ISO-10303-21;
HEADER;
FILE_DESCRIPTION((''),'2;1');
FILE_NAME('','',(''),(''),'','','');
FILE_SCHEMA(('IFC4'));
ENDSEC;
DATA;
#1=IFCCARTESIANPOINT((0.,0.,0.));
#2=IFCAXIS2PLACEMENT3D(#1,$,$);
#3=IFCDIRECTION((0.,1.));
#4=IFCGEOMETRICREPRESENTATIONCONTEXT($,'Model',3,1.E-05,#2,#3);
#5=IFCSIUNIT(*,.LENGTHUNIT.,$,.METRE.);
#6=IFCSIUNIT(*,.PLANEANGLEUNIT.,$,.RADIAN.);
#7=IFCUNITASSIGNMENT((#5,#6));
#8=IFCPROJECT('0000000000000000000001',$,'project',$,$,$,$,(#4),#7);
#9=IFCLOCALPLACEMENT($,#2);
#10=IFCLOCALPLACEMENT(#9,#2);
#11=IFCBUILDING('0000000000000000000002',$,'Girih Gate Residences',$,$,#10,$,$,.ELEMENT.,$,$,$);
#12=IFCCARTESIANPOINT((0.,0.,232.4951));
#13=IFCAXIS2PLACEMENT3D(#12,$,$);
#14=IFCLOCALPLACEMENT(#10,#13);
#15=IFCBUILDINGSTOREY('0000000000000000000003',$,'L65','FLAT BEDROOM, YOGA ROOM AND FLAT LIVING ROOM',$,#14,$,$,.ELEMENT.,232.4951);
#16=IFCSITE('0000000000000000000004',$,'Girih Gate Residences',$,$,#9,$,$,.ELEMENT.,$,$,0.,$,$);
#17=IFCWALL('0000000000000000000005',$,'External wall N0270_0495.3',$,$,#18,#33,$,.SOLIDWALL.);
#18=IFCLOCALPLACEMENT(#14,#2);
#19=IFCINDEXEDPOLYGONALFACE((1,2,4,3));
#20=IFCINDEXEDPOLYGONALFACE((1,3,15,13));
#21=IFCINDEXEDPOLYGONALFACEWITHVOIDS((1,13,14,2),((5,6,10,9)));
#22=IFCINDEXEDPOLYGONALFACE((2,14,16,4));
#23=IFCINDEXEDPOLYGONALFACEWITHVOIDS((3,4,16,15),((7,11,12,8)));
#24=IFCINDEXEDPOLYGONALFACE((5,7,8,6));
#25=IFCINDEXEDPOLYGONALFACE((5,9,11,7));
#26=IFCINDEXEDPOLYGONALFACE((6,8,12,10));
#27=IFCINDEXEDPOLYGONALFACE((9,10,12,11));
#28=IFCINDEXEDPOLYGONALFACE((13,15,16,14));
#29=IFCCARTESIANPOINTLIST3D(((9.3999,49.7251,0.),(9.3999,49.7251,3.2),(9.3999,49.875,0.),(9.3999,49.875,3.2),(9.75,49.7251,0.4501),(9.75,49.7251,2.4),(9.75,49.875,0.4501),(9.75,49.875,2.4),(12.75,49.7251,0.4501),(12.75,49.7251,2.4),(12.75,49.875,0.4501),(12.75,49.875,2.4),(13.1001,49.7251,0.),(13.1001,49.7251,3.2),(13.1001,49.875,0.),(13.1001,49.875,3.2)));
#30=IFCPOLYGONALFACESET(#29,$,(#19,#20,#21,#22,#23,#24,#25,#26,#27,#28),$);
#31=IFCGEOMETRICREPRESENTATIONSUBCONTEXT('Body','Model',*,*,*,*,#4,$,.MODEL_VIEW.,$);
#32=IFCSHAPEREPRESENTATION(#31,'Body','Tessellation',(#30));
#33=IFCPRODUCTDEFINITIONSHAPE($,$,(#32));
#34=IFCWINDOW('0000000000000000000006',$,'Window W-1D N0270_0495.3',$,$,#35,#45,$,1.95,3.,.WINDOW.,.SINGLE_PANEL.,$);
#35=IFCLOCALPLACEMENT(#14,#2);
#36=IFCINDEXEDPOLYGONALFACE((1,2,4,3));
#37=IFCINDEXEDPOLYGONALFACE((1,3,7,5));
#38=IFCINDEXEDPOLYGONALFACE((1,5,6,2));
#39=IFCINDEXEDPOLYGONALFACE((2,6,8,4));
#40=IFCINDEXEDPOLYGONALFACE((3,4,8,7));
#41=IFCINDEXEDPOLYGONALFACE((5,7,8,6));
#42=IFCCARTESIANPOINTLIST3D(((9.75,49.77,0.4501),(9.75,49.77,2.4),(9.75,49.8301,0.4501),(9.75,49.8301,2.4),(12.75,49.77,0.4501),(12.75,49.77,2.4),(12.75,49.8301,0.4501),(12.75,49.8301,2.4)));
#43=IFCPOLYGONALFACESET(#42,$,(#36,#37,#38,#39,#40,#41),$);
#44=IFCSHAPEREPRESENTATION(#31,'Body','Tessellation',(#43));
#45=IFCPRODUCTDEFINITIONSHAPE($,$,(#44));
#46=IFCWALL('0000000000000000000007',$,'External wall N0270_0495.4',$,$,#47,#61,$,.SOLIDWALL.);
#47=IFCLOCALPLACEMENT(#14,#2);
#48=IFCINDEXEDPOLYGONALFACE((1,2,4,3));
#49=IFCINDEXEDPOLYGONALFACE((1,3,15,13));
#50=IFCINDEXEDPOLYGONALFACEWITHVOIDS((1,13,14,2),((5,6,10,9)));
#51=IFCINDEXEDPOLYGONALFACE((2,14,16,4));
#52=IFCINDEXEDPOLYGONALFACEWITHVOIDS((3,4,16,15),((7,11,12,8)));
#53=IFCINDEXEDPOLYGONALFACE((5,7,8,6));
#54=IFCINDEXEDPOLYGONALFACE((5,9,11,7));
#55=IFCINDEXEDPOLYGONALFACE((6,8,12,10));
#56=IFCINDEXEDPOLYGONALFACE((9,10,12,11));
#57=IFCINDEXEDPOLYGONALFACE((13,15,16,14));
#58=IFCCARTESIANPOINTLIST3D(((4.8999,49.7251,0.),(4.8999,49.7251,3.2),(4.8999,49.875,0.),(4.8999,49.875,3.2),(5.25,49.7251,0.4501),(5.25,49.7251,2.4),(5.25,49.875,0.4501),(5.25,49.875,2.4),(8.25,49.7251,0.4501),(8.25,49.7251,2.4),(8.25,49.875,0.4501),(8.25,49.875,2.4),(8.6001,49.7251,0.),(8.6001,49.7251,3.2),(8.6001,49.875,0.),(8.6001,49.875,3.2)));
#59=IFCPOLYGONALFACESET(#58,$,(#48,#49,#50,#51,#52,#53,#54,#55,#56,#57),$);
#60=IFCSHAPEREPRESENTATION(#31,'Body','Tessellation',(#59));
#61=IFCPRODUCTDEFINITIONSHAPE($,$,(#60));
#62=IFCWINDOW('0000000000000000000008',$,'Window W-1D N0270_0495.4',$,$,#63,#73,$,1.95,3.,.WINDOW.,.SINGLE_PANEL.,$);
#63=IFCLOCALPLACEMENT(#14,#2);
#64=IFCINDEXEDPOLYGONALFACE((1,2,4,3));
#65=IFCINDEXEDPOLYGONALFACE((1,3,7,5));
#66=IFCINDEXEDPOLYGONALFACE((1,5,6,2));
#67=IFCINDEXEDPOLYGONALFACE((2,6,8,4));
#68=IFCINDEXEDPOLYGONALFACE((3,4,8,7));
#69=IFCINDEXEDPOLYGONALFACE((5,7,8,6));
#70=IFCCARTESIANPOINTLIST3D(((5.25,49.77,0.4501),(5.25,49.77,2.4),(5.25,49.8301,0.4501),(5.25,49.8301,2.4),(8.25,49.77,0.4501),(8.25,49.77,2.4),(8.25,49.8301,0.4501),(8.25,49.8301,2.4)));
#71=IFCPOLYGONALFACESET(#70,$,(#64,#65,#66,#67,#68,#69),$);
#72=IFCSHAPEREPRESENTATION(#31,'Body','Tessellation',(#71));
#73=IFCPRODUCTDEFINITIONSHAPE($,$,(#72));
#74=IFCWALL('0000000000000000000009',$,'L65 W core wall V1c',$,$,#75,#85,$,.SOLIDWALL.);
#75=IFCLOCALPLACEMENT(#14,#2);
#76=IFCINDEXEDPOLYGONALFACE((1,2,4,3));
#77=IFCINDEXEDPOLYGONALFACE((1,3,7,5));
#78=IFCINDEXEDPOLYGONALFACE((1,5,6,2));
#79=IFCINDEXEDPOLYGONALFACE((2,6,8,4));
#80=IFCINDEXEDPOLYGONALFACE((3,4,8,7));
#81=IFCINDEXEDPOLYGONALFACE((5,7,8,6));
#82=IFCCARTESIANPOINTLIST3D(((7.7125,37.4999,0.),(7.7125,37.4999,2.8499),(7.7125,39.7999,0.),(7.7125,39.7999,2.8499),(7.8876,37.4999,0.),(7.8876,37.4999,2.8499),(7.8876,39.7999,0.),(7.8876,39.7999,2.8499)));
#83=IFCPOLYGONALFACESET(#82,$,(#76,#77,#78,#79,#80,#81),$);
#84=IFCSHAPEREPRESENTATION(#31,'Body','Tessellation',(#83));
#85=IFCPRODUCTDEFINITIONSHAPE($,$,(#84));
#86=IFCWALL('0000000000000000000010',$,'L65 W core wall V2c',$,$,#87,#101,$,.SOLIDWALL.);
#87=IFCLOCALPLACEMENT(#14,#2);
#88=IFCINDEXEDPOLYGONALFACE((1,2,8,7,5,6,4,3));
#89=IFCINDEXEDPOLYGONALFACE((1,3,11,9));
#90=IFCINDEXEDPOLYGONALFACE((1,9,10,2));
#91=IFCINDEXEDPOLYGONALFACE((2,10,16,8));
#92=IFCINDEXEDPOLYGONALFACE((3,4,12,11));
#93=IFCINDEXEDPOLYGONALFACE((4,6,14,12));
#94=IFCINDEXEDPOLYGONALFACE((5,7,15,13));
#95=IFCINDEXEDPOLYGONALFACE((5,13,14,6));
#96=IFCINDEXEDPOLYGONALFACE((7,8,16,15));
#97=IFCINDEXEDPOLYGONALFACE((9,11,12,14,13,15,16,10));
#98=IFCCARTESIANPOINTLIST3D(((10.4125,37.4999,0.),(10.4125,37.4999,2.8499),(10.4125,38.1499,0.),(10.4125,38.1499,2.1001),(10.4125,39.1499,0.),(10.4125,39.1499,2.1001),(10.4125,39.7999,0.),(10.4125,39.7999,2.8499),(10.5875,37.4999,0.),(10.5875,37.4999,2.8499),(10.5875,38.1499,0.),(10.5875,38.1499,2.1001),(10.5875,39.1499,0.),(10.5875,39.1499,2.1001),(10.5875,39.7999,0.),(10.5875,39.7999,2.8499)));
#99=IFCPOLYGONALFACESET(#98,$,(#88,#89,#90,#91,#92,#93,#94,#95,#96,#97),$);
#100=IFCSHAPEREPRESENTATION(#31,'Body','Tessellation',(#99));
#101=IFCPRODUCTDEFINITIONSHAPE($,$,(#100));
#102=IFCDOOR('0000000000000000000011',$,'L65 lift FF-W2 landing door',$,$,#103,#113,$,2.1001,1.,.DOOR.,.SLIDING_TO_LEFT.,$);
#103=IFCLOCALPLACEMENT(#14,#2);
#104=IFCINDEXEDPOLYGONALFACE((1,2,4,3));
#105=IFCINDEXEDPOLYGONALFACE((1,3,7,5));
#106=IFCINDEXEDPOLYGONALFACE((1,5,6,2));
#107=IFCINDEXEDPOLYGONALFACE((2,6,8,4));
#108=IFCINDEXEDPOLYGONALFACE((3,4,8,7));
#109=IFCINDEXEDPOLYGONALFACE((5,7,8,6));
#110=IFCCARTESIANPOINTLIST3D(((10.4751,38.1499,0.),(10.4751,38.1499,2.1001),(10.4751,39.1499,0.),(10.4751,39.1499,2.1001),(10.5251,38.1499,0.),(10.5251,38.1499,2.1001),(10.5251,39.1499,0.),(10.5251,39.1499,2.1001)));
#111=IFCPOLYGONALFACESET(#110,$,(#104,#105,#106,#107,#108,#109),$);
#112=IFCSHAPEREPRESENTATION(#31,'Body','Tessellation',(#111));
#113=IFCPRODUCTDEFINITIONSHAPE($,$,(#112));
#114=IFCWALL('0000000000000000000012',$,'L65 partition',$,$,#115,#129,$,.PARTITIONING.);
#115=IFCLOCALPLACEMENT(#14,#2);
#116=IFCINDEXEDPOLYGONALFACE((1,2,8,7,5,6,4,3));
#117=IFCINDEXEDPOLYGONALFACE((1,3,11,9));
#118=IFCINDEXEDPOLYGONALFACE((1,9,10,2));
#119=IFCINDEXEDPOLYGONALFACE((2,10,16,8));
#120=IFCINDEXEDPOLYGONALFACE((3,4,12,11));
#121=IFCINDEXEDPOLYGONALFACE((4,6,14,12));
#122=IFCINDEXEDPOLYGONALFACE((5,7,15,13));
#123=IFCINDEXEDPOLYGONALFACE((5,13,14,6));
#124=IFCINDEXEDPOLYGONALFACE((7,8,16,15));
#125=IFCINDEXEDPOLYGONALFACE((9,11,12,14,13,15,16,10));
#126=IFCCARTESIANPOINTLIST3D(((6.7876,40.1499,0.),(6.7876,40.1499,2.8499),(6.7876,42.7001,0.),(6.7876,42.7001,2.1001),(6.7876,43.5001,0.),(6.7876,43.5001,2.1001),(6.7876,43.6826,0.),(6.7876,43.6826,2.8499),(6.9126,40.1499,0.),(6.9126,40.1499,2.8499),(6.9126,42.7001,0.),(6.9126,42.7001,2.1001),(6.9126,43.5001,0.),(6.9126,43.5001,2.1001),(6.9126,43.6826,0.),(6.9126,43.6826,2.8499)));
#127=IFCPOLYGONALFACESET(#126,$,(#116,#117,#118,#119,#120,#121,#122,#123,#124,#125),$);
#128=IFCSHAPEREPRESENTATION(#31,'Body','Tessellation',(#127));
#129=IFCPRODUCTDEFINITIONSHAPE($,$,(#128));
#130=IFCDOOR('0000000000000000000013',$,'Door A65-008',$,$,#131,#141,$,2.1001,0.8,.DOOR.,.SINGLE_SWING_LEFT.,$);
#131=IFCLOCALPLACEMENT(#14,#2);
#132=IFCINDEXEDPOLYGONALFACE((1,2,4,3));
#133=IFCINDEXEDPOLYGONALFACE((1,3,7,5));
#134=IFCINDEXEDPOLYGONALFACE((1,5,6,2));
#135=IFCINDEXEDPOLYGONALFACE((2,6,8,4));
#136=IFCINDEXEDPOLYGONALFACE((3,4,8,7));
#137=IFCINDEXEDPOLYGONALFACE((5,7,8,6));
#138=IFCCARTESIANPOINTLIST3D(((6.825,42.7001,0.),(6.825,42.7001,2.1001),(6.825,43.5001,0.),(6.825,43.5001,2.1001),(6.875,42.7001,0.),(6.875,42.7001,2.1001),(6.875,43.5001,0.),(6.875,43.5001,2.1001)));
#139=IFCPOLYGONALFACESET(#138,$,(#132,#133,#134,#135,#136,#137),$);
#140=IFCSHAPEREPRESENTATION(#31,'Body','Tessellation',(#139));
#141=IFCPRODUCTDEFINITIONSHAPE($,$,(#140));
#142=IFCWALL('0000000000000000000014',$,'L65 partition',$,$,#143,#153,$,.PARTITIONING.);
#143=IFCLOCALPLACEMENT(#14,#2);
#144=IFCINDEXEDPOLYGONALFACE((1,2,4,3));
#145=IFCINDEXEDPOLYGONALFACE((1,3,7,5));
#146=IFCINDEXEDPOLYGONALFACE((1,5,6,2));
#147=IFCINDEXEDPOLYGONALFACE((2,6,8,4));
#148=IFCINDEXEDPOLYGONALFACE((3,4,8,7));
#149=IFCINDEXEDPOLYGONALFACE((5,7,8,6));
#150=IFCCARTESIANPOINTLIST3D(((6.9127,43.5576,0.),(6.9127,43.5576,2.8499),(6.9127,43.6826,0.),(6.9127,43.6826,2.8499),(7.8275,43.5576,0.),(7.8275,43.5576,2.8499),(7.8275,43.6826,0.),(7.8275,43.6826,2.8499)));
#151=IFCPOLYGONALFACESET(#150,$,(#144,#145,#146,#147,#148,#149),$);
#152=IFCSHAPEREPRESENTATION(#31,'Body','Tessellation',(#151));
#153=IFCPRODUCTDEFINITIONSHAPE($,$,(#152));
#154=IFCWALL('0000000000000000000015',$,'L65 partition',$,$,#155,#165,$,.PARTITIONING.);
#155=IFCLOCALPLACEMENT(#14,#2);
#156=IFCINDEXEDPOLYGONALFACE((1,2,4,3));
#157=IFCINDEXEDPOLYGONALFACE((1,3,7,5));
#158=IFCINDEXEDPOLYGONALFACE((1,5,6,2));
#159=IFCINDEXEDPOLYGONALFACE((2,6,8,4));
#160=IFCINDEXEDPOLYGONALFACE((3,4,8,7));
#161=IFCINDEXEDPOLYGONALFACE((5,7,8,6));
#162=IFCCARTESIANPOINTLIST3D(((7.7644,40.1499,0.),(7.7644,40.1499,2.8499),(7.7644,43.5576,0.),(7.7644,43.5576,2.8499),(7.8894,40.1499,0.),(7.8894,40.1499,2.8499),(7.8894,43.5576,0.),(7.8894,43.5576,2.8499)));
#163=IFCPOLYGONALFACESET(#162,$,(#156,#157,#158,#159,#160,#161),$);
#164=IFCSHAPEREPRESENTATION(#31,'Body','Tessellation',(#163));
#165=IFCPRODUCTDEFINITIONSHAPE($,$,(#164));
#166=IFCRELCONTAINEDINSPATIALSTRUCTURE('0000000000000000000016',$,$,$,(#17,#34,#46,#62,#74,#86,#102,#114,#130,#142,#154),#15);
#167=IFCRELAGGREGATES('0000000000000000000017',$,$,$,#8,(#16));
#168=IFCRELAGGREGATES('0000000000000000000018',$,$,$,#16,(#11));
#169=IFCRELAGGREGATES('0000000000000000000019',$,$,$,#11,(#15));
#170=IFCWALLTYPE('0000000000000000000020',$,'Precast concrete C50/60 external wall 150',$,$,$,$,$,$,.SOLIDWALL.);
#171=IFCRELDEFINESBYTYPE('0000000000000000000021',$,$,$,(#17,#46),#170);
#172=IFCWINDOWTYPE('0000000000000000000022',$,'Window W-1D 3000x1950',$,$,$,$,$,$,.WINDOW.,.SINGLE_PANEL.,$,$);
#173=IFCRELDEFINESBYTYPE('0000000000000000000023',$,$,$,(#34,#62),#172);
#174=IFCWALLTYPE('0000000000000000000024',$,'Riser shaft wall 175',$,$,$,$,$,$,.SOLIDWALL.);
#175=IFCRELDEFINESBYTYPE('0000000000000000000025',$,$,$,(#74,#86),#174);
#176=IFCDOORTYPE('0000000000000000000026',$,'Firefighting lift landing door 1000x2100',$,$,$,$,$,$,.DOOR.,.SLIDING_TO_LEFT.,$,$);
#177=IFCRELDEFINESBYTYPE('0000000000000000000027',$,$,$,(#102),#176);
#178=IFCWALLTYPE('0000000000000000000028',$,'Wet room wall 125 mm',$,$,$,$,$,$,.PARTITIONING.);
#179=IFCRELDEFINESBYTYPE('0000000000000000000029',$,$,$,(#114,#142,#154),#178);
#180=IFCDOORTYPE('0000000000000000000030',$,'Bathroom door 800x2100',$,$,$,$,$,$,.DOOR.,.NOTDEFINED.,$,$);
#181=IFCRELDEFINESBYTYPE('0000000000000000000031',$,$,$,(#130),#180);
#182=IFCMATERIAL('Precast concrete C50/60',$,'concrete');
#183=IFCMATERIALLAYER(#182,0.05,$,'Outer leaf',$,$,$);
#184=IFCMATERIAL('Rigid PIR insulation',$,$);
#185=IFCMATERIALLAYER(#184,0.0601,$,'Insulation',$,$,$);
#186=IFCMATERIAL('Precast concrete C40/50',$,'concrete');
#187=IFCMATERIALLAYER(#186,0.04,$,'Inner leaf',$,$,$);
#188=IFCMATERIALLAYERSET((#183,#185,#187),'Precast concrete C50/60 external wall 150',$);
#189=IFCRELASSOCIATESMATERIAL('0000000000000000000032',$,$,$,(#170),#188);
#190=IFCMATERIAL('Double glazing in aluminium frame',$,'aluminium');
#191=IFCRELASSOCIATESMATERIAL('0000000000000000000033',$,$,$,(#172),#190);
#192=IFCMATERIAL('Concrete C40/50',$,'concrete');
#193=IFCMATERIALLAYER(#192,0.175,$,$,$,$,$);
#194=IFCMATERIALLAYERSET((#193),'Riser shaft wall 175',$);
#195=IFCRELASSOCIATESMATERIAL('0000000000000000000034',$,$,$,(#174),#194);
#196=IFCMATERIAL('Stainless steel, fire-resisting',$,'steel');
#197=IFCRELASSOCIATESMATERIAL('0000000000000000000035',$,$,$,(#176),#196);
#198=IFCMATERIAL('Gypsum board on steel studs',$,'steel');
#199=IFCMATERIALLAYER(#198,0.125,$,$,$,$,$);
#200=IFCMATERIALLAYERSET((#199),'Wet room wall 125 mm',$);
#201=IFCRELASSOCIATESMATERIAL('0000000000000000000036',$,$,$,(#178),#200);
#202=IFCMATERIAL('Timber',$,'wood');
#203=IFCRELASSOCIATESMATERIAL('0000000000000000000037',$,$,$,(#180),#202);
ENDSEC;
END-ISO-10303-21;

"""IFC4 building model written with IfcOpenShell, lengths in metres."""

from ifc_helpers import new_model, si_unit, direction, frame, frame_2d, origin, place, context, subcontext, project, spatial, rectangle, extrude, material, layer, layer_set, type_object, element, fill, save


model = new_model("IFC4")

# Units and contexts
model_context = context("Model", 3, precision=1e-05, world=origin(), true_north=direction((0.0, 1.0)))
body_context = subcontext(model_context, "Body", "Model", "MODEL_VIEW")
ifc_project = project(units=[si_unit("LENGTHUNIT", "METRE"), si_unit("PLANEANGLEUNIT", "RADIAN")], contexts=[model_context])

# Site, building, storey
site_placement = place(None, origin())
site = spatial("IfcSite", under=ifc_project, at=site_placement, Name="Girih Gate Residences", CompositionType="ELEMENT", RefElevation=0.0)
building_placement = place(site_placement, origin())
building = spatial("IfcBuilding", under=site, at=building_placement, Name="Girih Gate Residences", CompositionType="ELEMENT")
storey_placement = place(building_placement, frame((0.0, 0.0, 232.4951)))
storey = spatial("IfcBuildingStorey", under=building, at=storey_placement, Name="L65", Description="FLAT BEDROOM, YOGA ROOM AND FLAT LIVING ROOM", CompositionType="ELEMENT", Elevation=232.4951)

# Shared definitions
ifc_material_1 = material(Name="Gypsum board on steel studs", Category="steel")

# Shared definitions
ifc_material_2 = material(Name="Concrete C40/50", Category="concrete")
ifc_material_3 = material(Name="Timber", Category="wood")

# Walls, openings, windows
ifc_material_4 = material(Name="Precast concrete C50/60", Category="concrete")
ifc_layer_1 = layer(ifc_material_4, 0.05, Name="Outer leaf")
ifc_material_5 = material(Name="Rigid PIR insulation")
ifc_layer_2 = layer(ifc_material_5, 0.0601, Name="Insulation")
ifc_material_6 = material(Name="Precast concrete C40/50", Category="concrete")
ifc_layer_3 = layer(ifc_material_6, 0.04, Name="Inner leaf")
ifc_layer_set_1 = layer_set([ifc_layer_1, ifc_layer_2, ifc_layer_3], Name="Precast concrete C50/60 external wall 150")
wall_type_1 = type_object("IfcWallType", Name="Precast concrete C50/60 external wall 150", PredefinedType="SOLIDWALL", material=ifc_layer_set_1)
wall_1_placement = place(storey_placement, frame((9.3999, 49.8, 0.0), z_axis=(0.0, 0.0, 1.0), x_axis=(1.0, 0.0, 0.0)))
wall_1 = element("IfcWall", 1, at=wall_1_placement, inside=storey, type_object=wall_type_1, Name="External wall N0270_0495.3", PredefinedType="SOLIDWALL", context=body_context, shape_type="SweptSolid", body=[
    extrude(rectangle(XDim=3.7002, YDim=0.1499, at=frame_2d((1.8501, 0.0))), origin(), (0.0, 0.0, 1.0), 3.2),
])
opening_1_placement = place(wall_1_placement, frame((0.3501, 0.0, 0.45)))
opening_1 = element("IfcOpeningElement", 2, at=opening_1_placement, cuts=wall_1, PredefinedType="OPENING", context=body_context, shape_type="SweptSolid", body=[
    extrude(rectangle(XDim=3.0, YDim=1.95, at=frame_2d((1.5, 0.9751))), frame((0.0, 0.085, 0.0), z_axis=(0.0, -1.0, 0.0), x_axis=(1.0, 0.0, 0.0)), (0.0, 0.0, 1.0), 0.1699),
])
ifc_material_7 = material(Name="Double glazing in aluminium frame", Category="aluminium")
window_type = type_object("IfcWindowType", Name="Window W-1D 3000x1950", PartitioningType="SINGLE_PANEL", PredefinedType="WINDOW", material=ifc_material_7)
window_1_placement = place(opening_1_placement, origin())
window_1 = element("IfcWindow", 3, at=window_1_placement, inside=storey, type_object=window_type, Name="Window W-1D N0270_0495.3", OverallHeight=1.95, OverallWidth=3.0, PartitioningType="SINGLE_PANEL", PredefinedType="WINDOW", context=body_context, shape_type="SweptSolid", body=[
    extrude(rectangle(XDim=3.0, YDim=1.95, at=frame_2d((1.5, 0.9751))), frame((0.0, 0.03, 0.0), z_axis=(0.0, -1.0, 0.0), x_axis=(1.0, 0.0, 0.0)), (0.0, 0.0, 1.0), 0.0601),
])
fill(opening_1, window_1)
wall_2_placement = place(storey_placement, frame((4.8999, 49.8, 0.0), z_axis=(0.0, 0.0, 1.0), x_axis=(1.0, 0.0, 0.0)))
wall_2 = element("IfcWall", 4, at=wall_2_placement, inside=storey, type_object=wall_type_1, Name="External wall N0270_0495.4", PredefinedType="SOLIDWALL", context=body_context, shape_type="SweptSolid", body=[
    extrude(rectangle(XDim=3.7002, YDim=0.1499, at=frame_2d((1.8501, 0.0))), origin(), (0.0, 0.0, 1.0), 3.2),
])
opening_2_placement = place(wall_2_placement, frame((0.3501, 0.0, 0.45)))
opening_2 = element("IfcOpeningElement", 5, at=opening_2_placement, cuts=wall_2, PredefinedType="OPENING", context=body_context, shape_type="SweptSolid", body=[
    extrude(rectangle(XDim=3.0, YDim=1.95, at=frame_2d((1.5, 0.9751))), frame((0.0, 0.085, 0.0), z_axis=(0.0, -1.0, 0.0), x_axis=(1.0, 0.0, 0.0)), (0.0, 0.0, 1.0), 0.1699),
])
window_2_placement = place(opening_2_placement, origin())
window_2 = element("IfcWindow", 6, at=window_2_placement, inside=storey, type_object=window_type, Name="Window W-1D N0270_0495.4", OverallHeight=1.95, OverallWidth=3.0, PartitioningType="SINGLE_PANEL", PredefinedType="WINDOW", context=body_context, shape_type="SweptSolid", body=[
    extrude(rectangle(XDim=3.0, YDim=1.95, at=frame_2d((1.5, 0.9751))), frame((0.0, 0.03, 0.0), z_axis=(0.0, -1.0, 0.0), x_axis=(1.0, 0.0, 0.0)), (0.0, 0.0, 1.0), 0.0601),
])
fill(opening_2, window_2)

# Wall
ifc_layer_4 = layer(ifc_material_2, 0.175)
ifc_layer_set_2 = layer_set([ifc_layer_4], Name="Riser shaft wall 175")
wall_type_2 = type_object("IfcWallType", Name="Riser shaft wall 175", PredefinedType="SOLIDWALL", material=ifc_layer_set_2)
wall_3_placement = place(storey_placement, frame((7.8, 37.5, 0.0), z_axis=(0.0, 0.0, 1.0), x_axis=(0.0, 1.0, 0.0)))
element("IfcWall", 7, at=wall_3_placement, inside=storey, type_object=wall_type_2, Name="L65 W core wall V1c", PredefinedType="SOLIDWALL", context=body_context, shape_type="SweptSolid", body=[
    extrude(rectangle(XDim=2.3, YDim=0.175, at=frame_2d((1.1499, 0.0))), origin(), (0.0, 0.0, 1.0), 2.8499),
])

# Walls, openings, doors
wall_4_placement = place(storey_placement, frame((10.5, 37.5, 0.0), z_axis=(0.0, 0.0, 1.0), x_axis=(0.0, 1.0, 0.0)))
wall_4 = element("IfcWall", 8, at=wall_4_placement, inside=storey, type_object=wall_type_2, Name="L65 W core wall V2c", PredefinedType="SOLIDWALL", context=body_context, shape_type="SweptSolid", body=[
    extrude(rectangle(XDim=2.3, YDim=0.175, at=frame_2d((1.1499, 0.0))), origin(), (0.0, 0.0, 1.0), 2.8499),
])
opening_3_placement = place(wall_4_placement, frame((0.6499, 0.0, 0.0)))
opening_3 = element("IfcOpeningElement", 9, at=opening_3_placement, cuts=wall_4, PredefinedType="OPENING", context=body_context, shape_type="SweptSolid", body=[
    extrude(rectangle(XDim=1.0, YDim=2.1001, at=frame_2d((0.5, 1.05))), frame((0.0, 0.0974, 0.0), z_axis=(0.0, -1.0, 0.0), x_axis=(1.0, 0.0, 0.0)), (0.0, 0.0, 1.0), 0.1951),
])
ifc_material_8 = material(Name="Stainless steel, fire-resisting", Category="steel")
door_type_1 = type_object("IfcDoorType", Name="Firefighting lift landing door 1000x2100", OperationType="SLIDING_TO_LEFT", PredefinedType="DOOR", material=ifc_material_8)
door_1_placement = place(opening_3_placement, origin())
door_1 = element("IfcDoor", 10, at=door_1_placement, inside=storey, type_object=door_type_1, Name="L65 lift FF-W2 landing door", OperationType="SLIDING_TO_LEFT", OverallHeight=2.1001, OverallWidth=1.0, PredefinedType="DOOR", context=body_context, shape_type="SweptSolid", body=[
    extrude(rectangle(XDim=1.0, YDim=2.1001, at=frame_2d((0.5, 1.05))), frame((0.0, 0.0249, 0.0), z_axis=(0.0, -1.0, 0.0), x_axis=(1.0, 0.0, 0.0)), (0.0, 0.0, 1.0), 0.05),
])
fill(opening_3, door_1)
ifc_layer_5 = layer(ifc_material_1, 0.125)
ifc_layer_set_3 = layer_set([ifc_layer_5], Name="Wet room wall 125 mm")
wall_type_3 = type_object("IfcWallType", Name="Wet room wall 125 mm", PredefinedType="PARTITIONING", material=ifc_layer_set_3)
wall_5_placement = place(storey_placement, frame((6.8501, 43.6826, 0.0), z_axis=(0.0, 0.0, 1.0), x_axis=(0.0, -1.0, 0.0)))
wall_5 = element("IfcWall", 11, at=wall_5_placement, inside=storey, type_object=wall_type_3, Name="L65 partition", PredefinedType="PARTITIONING", context=body_context, shape_type="SweptSolid", body=[
    extrude(rectangle(XDim=3.5327, YDim=0.125, at=frame_2d((1.7664, 0.0))), origin(), (0.0, 0.0, 1.0), 2.8499),
])
opening_4_placement = place(wall_5_placement, frame((0.1826, 0.0, 0.0)))
opening_4 = element("IfcOpeningElement", 12, at=opening_4_placement, cuts=wall_5, PredefinedType="OPENING", context=body_context, shape_type="SweptSolid", body=[
    extrude(rectangle(XDim=0.8, YDim=2.1001, at=frame_2d((0.3999, 1.05))), frame((0.0, 0.0725, 0.0), z_axis=(0.0, -1.0, 0.0), x_axis=(1.0, 0.0, 0.0)), (0.0, 0.0, 1.0), 0.145),
])
door_type_2 = type_object("IfcDoorType", Name="Bathroom door 800x2100", OperationType="NOTDEFINED", PredefinedType="DOOR", material=ifc_material_3)
door_2_placement = place(opening_4_placement, origin())
door_2 = element("IfcDoor", 13, at=door_2_placement, inside=storey, type_object=door_type_2, Name="Door A65-008", OperationType="SINGLE_SWING_LEFT", OverallHeight=2.1001, OverallWidth=0.8, PredefinedType="DOOR", context=body_context, shape_type="SweptSolid", body=[
    extrude(rectangle(XDim=0.8, YDim=2.1001, at=frame_2d((0.3999, 1.05))), frame((0.0, 0.0249, 0.0), z_axis=(0.0, -1.0, 0.0), x_axis=(1.0, 0.0, 0.0)), (0.0, 0.0, 1.0), 0.05),
])
fill(opening_4, door_2)

# Walls
wall_6_placement = place(storey_placement, frame((6.9126, 43.6201, 0.0), z_axis=(0.0, 0.0, 1.0), x_axis=(1.0, 0.0, 0.0)))
element("IfcWall", 14, at=wall_6_placement, inside=storey, type_object=wall_type_3, Name="L65 partition", PredefinedType="PARTITIONING", context=body_context, shape_type="SweptSolid", body=[
    extrude(rectangle(XDim=0.9148, YDim=0.125, at=frame_2d((0.4575, 0.0))), origin(), (0.0, 0.0, 1.0), 2.8499),
])
wall_7_placement = place(storey_placement, frame((7.8269, 40.1499, 0.0), z_axis=(0.0, 0.0, 1.0), x_axis=(0.0, 1.0, 0.0)))
element("IfcWall", 15, at=wall_7_placement, inside=storey, type_object=wall_type_3, Name="L65 partition", PredefinedType="PARTITIONING", context=body_context, shape_type="SweptSolid", body=[
    extrude(rectangle(XDim=3.4077, YDim=0.125, at=frame_2d((1.7039, 0.0))), origin(), (0.0, 0.0, 1.0), 2.8499),
])

save(model, "model.ifc")
